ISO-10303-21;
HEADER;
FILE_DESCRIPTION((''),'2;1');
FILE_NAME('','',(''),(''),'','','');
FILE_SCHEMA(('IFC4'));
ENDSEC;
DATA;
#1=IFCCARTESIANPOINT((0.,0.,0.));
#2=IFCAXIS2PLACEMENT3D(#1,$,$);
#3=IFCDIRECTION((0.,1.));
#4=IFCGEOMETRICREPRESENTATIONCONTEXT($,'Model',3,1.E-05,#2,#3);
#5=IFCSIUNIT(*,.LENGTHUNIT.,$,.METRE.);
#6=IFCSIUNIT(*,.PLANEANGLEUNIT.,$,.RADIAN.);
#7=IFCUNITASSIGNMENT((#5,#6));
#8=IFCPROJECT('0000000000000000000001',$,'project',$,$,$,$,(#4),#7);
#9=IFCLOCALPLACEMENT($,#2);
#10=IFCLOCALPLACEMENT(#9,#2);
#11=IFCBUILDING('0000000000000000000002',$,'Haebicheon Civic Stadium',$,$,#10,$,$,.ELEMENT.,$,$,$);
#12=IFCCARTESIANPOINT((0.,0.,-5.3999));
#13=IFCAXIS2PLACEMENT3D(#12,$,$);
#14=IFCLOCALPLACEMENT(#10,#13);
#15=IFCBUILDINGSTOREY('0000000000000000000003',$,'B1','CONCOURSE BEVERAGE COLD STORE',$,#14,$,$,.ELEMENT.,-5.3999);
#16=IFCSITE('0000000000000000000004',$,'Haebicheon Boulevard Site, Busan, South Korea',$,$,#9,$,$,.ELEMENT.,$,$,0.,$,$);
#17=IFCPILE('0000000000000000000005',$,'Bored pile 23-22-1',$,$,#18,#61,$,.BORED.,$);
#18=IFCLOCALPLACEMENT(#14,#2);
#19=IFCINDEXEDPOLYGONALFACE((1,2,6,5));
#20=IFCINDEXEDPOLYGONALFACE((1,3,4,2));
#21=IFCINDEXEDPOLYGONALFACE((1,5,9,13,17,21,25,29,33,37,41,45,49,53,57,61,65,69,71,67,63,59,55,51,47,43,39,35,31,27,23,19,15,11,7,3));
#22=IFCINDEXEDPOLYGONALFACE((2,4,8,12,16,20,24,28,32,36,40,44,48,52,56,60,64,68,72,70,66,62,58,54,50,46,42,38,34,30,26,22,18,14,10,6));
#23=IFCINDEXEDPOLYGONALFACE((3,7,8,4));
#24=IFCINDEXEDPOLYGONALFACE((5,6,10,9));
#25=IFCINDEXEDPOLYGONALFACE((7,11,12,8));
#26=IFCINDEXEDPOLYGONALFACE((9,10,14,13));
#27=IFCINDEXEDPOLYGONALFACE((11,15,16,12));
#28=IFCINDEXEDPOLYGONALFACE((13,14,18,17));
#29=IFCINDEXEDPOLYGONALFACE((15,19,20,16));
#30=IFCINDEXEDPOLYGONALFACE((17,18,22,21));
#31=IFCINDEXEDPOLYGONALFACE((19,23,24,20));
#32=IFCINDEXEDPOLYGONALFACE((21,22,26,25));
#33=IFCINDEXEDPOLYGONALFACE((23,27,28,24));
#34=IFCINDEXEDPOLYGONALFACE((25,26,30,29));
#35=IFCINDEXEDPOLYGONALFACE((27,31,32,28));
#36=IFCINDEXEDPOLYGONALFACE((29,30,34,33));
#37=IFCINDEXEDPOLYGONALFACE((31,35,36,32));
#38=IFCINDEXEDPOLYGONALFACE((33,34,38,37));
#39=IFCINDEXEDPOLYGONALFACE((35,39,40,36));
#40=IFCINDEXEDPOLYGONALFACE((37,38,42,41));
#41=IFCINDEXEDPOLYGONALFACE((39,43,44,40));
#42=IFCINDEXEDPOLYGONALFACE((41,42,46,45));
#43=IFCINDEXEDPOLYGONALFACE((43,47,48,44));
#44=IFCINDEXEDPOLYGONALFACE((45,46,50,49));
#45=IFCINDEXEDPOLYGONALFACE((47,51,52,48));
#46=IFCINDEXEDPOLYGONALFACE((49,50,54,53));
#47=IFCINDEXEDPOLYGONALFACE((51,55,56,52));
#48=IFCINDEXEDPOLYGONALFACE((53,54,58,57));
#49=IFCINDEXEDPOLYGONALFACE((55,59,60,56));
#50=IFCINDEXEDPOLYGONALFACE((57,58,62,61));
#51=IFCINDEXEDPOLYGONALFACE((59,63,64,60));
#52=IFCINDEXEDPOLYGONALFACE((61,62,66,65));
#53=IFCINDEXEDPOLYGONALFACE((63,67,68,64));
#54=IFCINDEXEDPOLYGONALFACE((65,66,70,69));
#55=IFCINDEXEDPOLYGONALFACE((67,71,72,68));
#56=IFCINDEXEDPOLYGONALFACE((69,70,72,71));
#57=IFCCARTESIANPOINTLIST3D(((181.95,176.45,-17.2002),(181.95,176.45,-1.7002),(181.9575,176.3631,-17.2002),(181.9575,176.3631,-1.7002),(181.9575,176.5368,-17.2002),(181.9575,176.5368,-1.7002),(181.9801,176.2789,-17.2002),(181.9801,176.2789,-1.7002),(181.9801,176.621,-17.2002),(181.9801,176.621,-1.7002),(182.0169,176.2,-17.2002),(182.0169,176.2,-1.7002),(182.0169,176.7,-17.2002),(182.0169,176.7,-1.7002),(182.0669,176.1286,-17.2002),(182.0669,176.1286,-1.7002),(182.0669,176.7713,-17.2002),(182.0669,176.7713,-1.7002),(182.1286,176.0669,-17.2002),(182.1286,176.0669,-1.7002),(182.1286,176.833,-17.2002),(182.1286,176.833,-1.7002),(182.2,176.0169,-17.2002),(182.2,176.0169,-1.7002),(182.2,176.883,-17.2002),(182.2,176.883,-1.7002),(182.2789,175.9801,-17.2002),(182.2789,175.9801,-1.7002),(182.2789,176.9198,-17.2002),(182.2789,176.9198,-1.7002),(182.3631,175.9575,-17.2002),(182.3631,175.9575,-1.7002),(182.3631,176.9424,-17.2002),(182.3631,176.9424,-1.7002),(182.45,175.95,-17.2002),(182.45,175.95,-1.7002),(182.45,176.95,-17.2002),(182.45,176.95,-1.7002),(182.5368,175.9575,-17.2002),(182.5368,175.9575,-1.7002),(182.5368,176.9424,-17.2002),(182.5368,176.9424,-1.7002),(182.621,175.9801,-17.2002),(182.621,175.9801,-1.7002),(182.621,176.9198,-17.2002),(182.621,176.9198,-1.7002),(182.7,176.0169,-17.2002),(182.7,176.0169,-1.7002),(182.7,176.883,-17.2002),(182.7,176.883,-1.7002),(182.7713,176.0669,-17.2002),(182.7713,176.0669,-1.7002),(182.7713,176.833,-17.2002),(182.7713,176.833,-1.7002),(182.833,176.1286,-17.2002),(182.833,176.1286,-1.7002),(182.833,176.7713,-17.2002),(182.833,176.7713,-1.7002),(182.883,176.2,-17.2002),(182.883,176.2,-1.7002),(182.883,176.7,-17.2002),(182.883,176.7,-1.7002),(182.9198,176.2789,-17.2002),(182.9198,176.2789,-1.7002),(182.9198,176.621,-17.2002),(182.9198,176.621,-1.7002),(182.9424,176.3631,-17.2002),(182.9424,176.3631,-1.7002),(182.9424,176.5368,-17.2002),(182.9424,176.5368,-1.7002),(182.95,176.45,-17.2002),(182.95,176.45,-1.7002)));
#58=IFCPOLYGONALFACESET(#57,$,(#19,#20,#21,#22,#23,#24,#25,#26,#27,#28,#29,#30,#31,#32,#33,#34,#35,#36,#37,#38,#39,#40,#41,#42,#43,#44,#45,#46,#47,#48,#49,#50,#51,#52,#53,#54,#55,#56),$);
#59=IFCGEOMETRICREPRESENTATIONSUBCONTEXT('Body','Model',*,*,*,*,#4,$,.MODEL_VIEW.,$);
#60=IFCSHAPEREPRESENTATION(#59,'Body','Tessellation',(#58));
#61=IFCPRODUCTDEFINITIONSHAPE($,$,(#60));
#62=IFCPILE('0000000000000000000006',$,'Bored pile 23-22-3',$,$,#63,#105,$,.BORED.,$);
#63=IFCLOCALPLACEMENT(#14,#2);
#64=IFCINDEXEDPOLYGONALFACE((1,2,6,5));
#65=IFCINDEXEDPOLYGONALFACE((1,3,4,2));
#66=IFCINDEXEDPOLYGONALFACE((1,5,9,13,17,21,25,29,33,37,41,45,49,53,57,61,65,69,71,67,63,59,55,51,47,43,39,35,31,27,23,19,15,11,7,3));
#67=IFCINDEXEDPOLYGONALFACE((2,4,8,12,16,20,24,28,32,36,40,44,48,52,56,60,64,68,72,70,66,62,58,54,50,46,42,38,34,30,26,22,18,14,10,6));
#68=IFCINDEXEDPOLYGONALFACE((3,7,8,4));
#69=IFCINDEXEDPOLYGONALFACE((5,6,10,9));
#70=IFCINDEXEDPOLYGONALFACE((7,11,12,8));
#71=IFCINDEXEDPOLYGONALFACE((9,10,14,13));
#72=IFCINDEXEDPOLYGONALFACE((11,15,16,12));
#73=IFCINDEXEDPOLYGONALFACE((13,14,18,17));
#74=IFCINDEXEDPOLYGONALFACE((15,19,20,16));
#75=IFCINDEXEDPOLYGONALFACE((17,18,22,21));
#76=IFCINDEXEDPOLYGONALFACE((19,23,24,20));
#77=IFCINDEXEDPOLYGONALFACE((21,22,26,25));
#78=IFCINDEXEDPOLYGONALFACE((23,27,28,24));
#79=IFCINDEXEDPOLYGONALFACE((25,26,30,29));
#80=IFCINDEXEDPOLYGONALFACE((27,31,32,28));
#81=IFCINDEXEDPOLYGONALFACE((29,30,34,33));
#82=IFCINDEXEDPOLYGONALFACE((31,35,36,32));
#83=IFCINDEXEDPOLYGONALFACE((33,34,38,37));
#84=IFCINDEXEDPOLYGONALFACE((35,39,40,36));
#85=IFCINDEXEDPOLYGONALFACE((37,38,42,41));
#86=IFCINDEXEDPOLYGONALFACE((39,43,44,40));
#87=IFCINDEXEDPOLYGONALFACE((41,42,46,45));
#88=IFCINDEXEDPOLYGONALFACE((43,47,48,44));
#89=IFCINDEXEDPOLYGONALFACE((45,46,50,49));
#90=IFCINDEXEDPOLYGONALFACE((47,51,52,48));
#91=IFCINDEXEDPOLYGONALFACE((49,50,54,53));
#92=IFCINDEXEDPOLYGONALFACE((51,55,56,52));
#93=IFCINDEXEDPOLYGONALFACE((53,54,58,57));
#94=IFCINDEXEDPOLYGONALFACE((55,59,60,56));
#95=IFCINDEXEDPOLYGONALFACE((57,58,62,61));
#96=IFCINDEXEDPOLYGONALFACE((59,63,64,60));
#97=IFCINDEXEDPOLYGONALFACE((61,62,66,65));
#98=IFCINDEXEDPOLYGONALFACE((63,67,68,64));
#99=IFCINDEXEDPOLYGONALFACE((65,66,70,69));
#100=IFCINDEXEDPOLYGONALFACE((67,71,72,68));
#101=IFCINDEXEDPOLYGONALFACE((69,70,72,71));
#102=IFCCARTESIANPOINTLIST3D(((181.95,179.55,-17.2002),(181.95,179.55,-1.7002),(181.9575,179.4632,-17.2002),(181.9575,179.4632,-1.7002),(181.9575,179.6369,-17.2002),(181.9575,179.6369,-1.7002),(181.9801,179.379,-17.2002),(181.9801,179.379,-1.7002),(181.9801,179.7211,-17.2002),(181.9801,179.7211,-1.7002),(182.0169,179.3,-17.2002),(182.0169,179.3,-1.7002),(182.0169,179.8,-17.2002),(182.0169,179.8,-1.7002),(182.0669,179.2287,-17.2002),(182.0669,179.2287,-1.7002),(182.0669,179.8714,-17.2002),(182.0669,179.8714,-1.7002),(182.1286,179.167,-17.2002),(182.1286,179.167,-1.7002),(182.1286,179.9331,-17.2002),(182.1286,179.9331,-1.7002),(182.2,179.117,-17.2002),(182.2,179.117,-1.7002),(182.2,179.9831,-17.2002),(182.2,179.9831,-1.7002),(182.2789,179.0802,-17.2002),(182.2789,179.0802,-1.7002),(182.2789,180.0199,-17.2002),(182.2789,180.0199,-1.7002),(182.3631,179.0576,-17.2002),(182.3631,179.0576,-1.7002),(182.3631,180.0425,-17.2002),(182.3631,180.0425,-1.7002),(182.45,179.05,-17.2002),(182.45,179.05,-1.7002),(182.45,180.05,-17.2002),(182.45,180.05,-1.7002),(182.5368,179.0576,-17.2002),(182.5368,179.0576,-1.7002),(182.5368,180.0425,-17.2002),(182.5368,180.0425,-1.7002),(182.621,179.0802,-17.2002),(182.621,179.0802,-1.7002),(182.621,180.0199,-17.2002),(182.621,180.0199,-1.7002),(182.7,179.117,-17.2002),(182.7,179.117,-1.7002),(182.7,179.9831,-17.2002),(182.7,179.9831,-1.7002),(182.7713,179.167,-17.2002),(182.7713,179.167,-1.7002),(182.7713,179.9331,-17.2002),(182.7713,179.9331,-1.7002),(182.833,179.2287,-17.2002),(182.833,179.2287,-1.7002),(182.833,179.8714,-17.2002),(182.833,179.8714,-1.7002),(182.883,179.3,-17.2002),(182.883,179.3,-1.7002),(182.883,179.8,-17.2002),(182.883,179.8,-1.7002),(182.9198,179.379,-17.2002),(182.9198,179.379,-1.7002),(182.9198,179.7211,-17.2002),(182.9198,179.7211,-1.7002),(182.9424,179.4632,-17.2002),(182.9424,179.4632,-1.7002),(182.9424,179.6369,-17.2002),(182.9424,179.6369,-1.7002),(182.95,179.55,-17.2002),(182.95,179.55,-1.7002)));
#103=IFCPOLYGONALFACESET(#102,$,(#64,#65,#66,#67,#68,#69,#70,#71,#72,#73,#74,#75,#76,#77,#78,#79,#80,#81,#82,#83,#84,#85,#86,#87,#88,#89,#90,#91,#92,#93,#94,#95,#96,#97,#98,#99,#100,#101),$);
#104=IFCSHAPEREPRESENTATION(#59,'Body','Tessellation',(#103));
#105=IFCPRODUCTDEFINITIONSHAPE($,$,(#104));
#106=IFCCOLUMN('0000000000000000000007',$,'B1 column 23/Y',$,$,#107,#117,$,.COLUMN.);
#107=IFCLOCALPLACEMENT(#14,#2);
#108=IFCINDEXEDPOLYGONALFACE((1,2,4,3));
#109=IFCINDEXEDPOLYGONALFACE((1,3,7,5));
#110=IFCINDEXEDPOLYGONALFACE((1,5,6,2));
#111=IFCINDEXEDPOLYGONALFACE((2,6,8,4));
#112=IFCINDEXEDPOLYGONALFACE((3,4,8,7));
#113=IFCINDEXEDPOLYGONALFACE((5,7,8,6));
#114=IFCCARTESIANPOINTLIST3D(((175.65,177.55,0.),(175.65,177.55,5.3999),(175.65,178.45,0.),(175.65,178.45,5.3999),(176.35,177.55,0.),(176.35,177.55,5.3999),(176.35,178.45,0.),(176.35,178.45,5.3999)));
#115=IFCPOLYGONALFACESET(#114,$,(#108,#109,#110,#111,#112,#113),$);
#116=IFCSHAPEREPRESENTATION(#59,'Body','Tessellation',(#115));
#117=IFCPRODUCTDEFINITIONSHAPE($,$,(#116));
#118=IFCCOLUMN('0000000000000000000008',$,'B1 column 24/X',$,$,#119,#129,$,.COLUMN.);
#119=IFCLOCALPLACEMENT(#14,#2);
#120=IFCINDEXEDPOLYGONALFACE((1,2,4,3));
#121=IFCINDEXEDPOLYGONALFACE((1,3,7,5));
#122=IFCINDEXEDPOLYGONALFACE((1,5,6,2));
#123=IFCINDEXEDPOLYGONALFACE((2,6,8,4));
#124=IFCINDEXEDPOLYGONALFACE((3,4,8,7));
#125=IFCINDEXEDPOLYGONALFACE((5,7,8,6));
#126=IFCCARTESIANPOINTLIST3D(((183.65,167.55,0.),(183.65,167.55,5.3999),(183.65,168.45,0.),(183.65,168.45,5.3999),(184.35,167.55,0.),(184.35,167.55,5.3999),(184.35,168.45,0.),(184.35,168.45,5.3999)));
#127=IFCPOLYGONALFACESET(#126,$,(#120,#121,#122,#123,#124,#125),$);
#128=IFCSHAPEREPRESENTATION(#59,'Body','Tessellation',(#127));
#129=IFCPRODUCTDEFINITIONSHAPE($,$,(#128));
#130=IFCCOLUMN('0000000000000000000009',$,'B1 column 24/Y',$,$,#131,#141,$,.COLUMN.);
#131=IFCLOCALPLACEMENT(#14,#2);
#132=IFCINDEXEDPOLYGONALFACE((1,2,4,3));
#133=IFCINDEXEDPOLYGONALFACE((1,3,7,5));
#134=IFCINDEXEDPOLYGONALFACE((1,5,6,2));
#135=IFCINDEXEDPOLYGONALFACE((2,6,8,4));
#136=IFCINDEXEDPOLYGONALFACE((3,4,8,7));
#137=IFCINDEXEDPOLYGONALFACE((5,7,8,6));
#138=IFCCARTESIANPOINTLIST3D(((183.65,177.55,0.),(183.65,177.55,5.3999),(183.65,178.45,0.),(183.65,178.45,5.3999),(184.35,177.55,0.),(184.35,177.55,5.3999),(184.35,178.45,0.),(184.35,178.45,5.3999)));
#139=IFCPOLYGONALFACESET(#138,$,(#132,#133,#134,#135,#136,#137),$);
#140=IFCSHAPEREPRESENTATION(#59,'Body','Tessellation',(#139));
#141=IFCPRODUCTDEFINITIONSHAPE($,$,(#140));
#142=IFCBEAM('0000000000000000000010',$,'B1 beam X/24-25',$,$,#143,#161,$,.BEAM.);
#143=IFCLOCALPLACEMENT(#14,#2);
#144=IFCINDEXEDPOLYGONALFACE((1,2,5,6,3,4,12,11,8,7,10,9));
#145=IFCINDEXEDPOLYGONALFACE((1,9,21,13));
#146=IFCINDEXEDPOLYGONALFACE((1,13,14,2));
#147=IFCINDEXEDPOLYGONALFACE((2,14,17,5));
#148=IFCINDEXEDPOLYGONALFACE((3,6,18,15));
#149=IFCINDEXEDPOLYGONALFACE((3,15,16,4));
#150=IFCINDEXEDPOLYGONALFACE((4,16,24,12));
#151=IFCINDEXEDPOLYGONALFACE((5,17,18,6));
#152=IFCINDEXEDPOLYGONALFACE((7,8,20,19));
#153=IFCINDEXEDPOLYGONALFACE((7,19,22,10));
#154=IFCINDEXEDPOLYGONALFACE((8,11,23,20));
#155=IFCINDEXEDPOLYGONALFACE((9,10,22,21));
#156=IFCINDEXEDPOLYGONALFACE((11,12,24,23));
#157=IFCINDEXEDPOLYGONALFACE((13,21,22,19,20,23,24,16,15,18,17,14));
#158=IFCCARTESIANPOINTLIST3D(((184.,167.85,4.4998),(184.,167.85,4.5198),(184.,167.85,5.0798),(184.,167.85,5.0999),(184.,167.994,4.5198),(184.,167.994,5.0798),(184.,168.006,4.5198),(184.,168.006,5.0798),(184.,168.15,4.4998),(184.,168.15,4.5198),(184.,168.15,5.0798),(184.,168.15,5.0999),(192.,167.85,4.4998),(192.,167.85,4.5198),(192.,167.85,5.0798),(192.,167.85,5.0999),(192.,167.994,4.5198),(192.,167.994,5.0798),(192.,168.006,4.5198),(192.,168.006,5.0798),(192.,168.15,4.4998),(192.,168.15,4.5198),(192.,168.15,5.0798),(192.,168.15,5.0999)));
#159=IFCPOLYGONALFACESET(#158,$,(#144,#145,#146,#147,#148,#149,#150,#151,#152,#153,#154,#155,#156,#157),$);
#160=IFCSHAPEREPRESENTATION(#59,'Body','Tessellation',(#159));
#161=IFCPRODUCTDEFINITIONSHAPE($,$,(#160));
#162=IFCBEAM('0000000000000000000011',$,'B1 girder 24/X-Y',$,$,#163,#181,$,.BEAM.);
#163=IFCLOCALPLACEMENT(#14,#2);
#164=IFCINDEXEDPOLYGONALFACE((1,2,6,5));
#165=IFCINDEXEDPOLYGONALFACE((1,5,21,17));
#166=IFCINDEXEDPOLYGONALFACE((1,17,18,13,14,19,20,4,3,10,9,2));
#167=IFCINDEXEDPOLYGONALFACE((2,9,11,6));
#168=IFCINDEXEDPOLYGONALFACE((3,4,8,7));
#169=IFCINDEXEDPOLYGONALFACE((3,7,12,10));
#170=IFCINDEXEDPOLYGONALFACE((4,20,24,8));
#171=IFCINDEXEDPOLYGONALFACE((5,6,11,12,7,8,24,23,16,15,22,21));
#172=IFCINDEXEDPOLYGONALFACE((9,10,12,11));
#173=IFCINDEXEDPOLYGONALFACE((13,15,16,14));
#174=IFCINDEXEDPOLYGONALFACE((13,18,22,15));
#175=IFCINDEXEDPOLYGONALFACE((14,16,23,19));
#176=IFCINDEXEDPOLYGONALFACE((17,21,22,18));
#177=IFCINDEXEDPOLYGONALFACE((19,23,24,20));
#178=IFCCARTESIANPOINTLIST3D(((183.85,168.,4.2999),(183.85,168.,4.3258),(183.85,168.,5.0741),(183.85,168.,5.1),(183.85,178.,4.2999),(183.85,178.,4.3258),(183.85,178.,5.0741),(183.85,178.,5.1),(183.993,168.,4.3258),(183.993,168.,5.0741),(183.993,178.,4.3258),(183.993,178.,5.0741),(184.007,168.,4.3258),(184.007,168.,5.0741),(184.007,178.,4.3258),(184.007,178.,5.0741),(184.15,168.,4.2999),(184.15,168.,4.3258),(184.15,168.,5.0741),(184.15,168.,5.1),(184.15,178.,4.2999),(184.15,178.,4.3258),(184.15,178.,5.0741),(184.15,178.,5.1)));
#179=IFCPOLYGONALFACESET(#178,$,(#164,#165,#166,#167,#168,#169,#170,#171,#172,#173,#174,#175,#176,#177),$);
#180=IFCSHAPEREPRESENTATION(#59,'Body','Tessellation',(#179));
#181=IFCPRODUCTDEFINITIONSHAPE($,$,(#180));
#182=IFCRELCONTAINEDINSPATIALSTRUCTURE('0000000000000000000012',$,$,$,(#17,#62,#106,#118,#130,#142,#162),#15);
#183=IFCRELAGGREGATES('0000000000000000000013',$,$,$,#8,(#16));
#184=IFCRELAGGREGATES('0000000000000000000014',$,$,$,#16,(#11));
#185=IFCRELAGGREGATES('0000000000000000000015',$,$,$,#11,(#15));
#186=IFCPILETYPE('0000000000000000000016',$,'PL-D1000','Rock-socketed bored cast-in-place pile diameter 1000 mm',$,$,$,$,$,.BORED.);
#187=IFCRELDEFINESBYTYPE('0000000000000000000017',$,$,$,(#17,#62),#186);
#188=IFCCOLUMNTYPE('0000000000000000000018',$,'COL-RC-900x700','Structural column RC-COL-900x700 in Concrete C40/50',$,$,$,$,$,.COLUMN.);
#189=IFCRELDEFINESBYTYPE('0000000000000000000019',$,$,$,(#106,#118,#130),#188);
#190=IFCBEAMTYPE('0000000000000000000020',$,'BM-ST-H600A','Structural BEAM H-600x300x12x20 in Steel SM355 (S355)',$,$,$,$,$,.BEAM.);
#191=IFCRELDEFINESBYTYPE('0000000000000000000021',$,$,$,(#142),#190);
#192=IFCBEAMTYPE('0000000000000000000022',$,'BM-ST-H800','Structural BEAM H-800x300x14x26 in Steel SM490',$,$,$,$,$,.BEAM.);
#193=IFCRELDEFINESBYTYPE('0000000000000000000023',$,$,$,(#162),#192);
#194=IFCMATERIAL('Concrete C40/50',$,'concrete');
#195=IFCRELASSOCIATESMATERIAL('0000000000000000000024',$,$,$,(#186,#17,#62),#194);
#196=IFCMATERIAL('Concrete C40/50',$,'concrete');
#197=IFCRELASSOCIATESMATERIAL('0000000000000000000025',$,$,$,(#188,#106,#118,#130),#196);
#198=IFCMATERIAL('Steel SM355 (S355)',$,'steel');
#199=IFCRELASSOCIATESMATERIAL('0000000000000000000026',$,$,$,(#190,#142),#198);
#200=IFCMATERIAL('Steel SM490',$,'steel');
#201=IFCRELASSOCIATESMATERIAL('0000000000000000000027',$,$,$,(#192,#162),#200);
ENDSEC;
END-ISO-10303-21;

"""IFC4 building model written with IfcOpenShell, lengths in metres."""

from ifc_helpers import new_model, si_unit, direction, frame, origin, origin_2d, place, context, subcontext, project, spatial, rectangle, circle, i_section, extrude, material, material_profile, profile_set, type_object, element, save


model = new_model("IFC4")

# Units and contexts
model_context = context("Model", 3, precision=1e-05, world=origin(), true_north=direction((0.0, 1.0)))
body_context = subcontext(model_context, "Body", "Model", "MODEL_VIEW")
ifc_project = project(units=[si_unit("LENGTHUNIT", "METRE"), si_unit("PLANEANGLEUNIT", "RADIAN")], contexts=[model_context])

# Site, building, storey
site_placement = place(None, origin())
site = spatial("IfcSite", under=ifc_project, at=site_placement, Name="Haebicheon Boulevard Site, Busan, South Korea", CompositionType="ELEMENT", RefElevation=0.0)
building_placement = place(site_placement, origin())
building = spatial("IfcBuilding", under=site, at=building_placement, Name="Haebicheon Civic Stadium", CompositionType="ELEMENT")
storey_placement = place(building_placement, frame((0.0, 0.0, -5.3999)))
storey = spatial("IfcBuildingStorey", under=building, at=storey_placement, Name="B1", Description="CONCOURSE BEVERAGE COLD STORE", CompositionType="ELEMENT", Elevation=-5.3999)

# Piles
ifc_material_1 = material(Name="Concrete C40/50", Category="concrete")
ifc_material_profile_1 = material_profile(ifc_material_1, circle(Radius=0.5, at=origin_2d()), Name="PILE-D1000")
ifc_profile_set_1 = profile_set([ifc_material_profile_1], Name="Concrete C40/50")
pile_type = type_object("IfcPileType", Name="PL-D1000", Description="Rock-socketed bored cast-in-place pile diameter 1000 mm", PredefinedType="BORED", material=ifc_profile_set_1)
for number, where, z_axis, x_axis, name in (
    (1, (182.45, 176.45, -1.7002), (0.0, 0.0, -1.0), (1.0, 0.0, 0.0), "Bored pile 23-22-1"),
    (2, (182.45, 179.55, -1.7002), (0.0, 0.0, -1.0), (1.0, 0.0, 0.0), "Bored pile 23-22-3"),
):
    element("IfcPile", number, at=place(storey_placement, frame(where, z_axis=z_axis, x_axis=x_axis)), inside=storey, type_object=pile_type, material=ifc_profile_set_1, Name=name, PredefinedType="BORED", context=body_context, shape_type="SweptSolid", body=[
        extrude(circle(Radius=0.5, at=origin_2d()), origin(), (0.0, 0.0, 1.0), 15.5),
    ])

# Columns
ifc_material_2 = material(Name="Concrete C40/50", Category="concrete")
ifc_material_profile_2 = material_profile(ifc_material_2, rectangle(XDim=0.7, YDim=0.8999, at=origin_2d()), Name="RC-COL-900x700")
ifc_profile_set_2 = profile_set([ifc_material_profile_2], Name="Concrete C40/50")
column_type = type_object("IfcColumnType", Name="COL-RC-900x700", Description="Structural column RC-COL-900x700 in Concrete C40/50", PredefinedType="COLUMN", material=ifc_profile_set_2)
for number, where, z_axis, x_axis, name in (
    (3, (176.0, 178.0, 0.0), (0.0, 0.0, 1.0), (1.0, 0.0, 0.0), "B1 column 23/Y"),
    (4, (184.0, 168.0, 0.0), (0.0, 0.0, 1.0), (1.0, 0.0, 0.0), "B1 column 24/X"),
    (5, (184.0, 178.0, 0.0), (0.0, 0.0, 1.0), (1.0, 0.0, 0.0), "B1 column 24/Y"),
):
    element("IfcColumn", number, at=place(storey_placement, frame(where, z_axis=z_axis, x_axis=x_axis)), inside=storey, type_object=column_type, material=ifc_profile_set_2, Name=name, PredefinedType="COLUMN", context=body_context, shape_type="SweptSolid", body=[
        extrude(rectangle(XDim=0.7, YDim=0.8999, at=origin_2d()), origin(), (0.0, 0.0, 1.0), 5.3999),
    ])

# Beams
ifc_material_3 = material(Name="Steel SM355 (S355)", Category="steel")
ifc_material_profile_3 = material_profile(ifc_material_3, i_section(OverallWidth=0.3, OverallDepth=0.6001, WebThickness=0.012, FlangeThickness=0.02, at=origin_2d()), Name="H-600x300x12x20")
ifc_profile_set_3 = profile_set([ifc_material_profile_3], Name="Steel SM355 (S355)")
beam_type_1 = type_object("IfcBeamType", Name="BM-ST-H600A", Description="Structural BEAM H-600x300x12x20 in Steel SM355 (S355)", PredefinedType="BEAM", material=ifc_profile_set_3)
beam_1_placement = place(storey_placement, frame((184.0, 168.0, 4.7998), z_axis=(1.0, 0.0, 0.0), x_axis=(0.0, 1.0, 0.0)))
element("IfcBeam", 6, at=beam_1_placement, inside=storey, type_object=beam_type_1, material=ifc_profile_set_3, Name="B1 beam X/24-25", PredefinedType="BEAM", context=body_context, shape_type="SweptSolid", body=[
    extrude(i_section(OverallWidth=0.3, OverallDepth=0.6001, WebThickness=0.012, FlangeThickness=0.02, at=origin_2d()), origin(), (0.0, 0.0, 1.0), 8.0),
])
ifc_material_4 = material(Name="Steel SM490", Category="steel")
ifc_material_profile_4 = material_profile(ifc_material_4, i_section(OverallWidth=0.3, OverallDepth=0.8, WebThickness=0.0139, FlangeThickness=0.0259, at=origin_2d()), Name="H-800x300x14x26")
ifc_profile_set_4 = profile_set([ifc_material_profile_4], Name="Steel SM490")
beam_type_2 = type_object("IfcBeamType", Name="BM-ST-H800", Description="Structural BEAM H-800x300x14x26 in Steel SM490", PredefinedType="BEAM", material=ifc_profile_set_4)
beam_2_placement = place(storey_placement, frame((184.0, 168.0, 4.7), z_axis=(0.0, 1.0, 0.0), x_axis=(-1.0, 0.0, 0.0)))
element("IfcBeam", 7, at=beam_2_placement, inside=storey, type_object=beam_type_2, material=ifc_profile_set_4, Name="B1 girder 24/X-Y", PredefinedType="BEAM", context=body_context, shape_type="SweptSolid", body=[
    extrude(i_section(OverallWidth=0.3, OverallDepth=0.8, WebThickness=0.0139, FlangeThickness=0.0259, at=origin_2d()), origin(), (0.0, 0.0, 1.0), 10.0),
])

save(model, "model.ifc")
